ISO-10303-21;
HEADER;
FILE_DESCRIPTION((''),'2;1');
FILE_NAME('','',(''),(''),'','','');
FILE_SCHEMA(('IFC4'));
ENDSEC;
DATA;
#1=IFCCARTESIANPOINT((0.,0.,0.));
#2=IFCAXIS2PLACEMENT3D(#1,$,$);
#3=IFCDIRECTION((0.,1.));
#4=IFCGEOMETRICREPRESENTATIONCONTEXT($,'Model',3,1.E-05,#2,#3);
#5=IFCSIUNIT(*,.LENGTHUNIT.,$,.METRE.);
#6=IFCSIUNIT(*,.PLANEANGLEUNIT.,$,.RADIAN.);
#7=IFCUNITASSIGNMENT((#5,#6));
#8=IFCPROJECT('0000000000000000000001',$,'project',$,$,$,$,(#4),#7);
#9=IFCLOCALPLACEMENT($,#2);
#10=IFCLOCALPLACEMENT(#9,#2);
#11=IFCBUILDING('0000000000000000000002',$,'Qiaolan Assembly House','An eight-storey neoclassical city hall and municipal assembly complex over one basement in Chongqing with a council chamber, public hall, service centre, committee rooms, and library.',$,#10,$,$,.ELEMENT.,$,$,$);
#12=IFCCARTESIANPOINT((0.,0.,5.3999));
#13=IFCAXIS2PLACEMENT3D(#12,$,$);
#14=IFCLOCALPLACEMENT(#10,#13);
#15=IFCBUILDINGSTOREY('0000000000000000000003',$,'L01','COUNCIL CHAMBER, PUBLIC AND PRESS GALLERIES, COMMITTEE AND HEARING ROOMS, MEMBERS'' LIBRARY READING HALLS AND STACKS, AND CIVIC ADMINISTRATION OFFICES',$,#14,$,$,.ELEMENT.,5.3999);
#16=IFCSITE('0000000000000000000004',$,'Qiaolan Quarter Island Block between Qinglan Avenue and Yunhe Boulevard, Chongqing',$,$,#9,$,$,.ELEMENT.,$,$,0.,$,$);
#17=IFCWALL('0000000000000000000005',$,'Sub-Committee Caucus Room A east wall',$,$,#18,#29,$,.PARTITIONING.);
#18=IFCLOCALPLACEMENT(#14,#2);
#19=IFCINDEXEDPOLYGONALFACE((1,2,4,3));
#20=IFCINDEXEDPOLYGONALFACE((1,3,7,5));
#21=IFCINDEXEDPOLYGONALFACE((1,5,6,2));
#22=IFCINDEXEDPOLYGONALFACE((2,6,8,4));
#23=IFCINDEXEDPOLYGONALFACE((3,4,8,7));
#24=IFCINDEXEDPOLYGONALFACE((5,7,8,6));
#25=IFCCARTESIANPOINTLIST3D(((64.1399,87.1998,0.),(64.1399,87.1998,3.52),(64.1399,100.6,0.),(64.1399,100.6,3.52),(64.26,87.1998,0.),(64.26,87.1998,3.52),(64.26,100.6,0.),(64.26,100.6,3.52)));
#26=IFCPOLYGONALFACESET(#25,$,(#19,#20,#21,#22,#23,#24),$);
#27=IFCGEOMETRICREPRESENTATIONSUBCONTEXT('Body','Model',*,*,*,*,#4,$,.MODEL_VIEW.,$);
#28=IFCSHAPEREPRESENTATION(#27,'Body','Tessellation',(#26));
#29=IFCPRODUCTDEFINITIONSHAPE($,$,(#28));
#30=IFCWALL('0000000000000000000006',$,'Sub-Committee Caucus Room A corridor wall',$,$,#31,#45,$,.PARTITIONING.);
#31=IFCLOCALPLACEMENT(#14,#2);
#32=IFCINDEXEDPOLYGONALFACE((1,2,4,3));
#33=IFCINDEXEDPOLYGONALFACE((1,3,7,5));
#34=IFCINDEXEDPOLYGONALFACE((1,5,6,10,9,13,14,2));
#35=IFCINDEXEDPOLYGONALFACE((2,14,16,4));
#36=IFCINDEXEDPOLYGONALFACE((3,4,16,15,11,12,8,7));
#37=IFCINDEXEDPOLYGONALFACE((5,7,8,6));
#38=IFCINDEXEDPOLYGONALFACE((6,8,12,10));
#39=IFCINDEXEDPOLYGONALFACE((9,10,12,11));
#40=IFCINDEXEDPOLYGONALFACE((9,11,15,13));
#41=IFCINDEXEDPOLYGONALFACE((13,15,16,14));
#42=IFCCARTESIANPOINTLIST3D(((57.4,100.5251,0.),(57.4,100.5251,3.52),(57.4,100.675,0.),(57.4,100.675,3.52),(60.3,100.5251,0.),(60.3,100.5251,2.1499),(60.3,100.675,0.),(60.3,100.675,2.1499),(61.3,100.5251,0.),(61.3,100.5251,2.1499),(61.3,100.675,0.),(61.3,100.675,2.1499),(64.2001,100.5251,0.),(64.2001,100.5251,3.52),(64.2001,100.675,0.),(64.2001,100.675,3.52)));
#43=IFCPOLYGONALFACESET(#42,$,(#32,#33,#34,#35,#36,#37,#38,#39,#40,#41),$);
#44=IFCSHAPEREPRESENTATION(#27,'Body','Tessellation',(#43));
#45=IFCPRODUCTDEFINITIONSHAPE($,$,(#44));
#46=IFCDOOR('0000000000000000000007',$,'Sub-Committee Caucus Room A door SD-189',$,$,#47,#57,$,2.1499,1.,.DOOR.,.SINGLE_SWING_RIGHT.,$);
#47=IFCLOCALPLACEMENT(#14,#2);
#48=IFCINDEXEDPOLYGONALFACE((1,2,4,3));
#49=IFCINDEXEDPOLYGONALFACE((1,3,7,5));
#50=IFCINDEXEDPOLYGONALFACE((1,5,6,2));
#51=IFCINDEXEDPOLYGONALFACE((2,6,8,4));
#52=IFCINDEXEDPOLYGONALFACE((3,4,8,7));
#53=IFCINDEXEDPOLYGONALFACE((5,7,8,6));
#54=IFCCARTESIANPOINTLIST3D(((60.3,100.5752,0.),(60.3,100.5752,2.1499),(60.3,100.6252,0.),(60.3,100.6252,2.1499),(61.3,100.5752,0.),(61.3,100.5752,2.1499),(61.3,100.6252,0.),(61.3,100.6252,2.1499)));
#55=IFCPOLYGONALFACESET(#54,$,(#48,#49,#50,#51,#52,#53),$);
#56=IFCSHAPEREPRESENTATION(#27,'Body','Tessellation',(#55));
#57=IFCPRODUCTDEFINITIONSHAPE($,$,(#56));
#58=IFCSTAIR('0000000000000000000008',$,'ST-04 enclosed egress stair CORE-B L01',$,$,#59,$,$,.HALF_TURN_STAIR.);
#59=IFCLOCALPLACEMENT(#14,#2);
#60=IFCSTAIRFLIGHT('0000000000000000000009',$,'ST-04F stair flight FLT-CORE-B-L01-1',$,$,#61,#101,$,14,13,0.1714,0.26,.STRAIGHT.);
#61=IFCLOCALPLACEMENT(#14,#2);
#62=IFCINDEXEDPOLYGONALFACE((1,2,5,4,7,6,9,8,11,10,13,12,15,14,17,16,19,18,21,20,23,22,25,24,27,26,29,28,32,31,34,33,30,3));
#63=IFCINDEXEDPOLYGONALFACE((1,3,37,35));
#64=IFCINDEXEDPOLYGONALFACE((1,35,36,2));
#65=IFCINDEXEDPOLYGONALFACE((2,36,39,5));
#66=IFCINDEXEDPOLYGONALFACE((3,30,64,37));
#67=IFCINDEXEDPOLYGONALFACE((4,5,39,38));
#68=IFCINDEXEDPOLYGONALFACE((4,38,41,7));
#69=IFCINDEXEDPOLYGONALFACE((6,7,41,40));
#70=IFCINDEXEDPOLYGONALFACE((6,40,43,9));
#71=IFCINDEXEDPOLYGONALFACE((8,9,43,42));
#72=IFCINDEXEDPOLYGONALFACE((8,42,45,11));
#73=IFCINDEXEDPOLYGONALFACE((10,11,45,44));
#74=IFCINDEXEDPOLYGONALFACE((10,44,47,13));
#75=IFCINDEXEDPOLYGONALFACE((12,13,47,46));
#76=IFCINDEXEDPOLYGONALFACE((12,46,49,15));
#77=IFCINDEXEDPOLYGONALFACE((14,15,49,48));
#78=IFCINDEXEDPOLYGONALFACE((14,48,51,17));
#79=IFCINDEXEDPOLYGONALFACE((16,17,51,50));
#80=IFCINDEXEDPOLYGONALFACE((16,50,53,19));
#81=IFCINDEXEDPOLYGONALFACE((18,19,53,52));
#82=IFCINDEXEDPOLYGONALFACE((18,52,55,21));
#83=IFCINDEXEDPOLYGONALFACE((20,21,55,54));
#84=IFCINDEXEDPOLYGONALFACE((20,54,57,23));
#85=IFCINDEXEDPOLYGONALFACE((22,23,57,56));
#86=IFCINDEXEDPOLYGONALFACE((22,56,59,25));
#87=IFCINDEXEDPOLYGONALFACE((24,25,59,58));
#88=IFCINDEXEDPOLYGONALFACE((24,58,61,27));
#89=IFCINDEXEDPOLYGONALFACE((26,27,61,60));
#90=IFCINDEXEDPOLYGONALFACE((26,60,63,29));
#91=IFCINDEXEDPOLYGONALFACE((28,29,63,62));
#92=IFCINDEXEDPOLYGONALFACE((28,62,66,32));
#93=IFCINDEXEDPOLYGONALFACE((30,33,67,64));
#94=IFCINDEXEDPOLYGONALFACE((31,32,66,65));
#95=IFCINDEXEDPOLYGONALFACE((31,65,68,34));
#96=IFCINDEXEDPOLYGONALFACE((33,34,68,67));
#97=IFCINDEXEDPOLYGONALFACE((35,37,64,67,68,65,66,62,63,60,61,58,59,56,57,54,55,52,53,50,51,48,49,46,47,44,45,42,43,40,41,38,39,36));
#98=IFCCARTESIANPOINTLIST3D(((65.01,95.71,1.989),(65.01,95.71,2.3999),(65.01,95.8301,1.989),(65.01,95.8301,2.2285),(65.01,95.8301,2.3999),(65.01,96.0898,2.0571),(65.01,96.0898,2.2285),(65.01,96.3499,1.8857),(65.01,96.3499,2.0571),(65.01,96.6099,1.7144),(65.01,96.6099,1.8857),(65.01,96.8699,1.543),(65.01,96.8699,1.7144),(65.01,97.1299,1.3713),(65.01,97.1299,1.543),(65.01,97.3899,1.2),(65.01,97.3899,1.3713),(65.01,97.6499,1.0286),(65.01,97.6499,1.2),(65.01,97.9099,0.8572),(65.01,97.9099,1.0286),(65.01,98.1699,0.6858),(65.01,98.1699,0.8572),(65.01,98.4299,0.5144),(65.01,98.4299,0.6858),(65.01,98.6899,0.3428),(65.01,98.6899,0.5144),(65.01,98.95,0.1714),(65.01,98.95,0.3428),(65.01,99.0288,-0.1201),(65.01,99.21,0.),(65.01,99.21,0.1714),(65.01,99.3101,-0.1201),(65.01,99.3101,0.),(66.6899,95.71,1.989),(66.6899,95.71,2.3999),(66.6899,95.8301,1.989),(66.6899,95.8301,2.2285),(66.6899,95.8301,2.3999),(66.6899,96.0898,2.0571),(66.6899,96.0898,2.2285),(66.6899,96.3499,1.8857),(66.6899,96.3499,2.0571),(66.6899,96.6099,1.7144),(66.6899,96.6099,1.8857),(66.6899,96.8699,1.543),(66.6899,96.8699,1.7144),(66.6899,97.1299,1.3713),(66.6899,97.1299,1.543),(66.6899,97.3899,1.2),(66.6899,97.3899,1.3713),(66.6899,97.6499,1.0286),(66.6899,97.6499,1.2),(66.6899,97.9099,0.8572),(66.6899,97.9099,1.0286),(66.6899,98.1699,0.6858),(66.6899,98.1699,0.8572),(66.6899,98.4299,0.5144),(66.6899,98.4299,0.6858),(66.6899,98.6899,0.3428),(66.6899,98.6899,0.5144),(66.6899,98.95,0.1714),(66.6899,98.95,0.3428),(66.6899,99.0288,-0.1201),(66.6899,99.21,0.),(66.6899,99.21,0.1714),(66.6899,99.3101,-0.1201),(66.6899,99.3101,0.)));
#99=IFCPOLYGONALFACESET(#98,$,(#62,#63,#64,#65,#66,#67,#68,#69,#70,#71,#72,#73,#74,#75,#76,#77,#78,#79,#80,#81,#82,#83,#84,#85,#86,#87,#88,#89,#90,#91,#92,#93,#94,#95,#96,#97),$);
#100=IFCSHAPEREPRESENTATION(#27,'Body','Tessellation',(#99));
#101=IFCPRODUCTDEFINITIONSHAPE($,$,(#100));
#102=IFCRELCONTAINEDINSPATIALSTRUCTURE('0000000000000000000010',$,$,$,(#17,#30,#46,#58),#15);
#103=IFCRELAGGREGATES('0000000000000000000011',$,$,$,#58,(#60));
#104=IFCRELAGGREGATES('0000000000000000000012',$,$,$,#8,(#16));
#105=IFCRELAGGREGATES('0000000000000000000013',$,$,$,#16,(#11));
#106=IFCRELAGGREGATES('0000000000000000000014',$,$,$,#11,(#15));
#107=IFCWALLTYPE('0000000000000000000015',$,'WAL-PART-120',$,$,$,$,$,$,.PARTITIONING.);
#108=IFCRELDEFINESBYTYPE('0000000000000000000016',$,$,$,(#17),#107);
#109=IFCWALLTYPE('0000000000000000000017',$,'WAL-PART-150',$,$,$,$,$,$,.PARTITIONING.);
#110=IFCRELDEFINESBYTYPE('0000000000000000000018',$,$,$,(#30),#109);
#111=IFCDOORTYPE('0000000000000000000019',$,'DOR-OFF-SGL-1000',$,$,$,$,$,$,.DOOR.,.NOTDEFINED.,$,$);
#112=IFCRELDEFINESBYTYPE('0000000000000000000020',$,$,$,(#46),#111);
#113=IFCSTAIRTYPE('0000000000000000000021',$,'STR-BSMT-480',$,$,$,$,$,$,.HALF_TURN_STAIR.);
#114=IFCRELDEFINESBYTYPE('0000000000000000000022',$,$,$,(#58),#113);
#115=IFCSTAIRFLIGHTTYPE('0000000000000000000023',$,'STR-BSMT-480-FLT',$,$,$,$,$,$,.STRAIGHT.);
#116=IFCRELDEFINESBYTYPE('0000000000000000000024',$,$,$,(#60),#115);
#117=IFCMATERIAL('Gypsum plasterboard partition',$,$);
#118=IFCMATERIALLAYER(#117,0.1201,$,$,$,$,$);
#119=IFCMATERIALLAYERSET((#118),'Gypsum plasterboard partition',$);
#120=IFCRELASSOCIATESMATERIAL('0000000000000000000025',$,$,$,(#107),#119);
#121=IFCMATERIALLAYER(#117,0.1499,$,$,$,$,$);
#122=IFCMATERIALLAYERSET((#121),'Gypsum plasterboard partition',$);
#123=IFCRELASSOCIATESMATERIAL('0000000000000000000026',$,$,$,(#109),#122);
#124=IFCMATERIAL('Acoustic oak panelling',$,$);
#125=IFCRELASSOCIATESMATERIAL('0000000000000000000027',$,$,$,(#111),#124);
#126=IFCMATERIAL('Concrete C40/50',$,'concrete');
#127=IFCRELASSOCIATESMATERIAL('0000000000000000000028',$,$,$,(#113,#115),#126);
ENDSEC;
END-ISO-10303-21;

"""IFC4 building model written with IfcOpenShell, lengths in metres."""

from ifc_helpers import new_model, si_unit, direction, frame, frame_2d, origin, place, context, subcontext, project, spatial, polyline, rectangle, outline, extrude, material, layer, layer_set, type_object, element, fill, aggregate, save


model = new_model("IFC4")

# Units and contexts
model_context = context("Model", 3, precision=1e-05, world=origin(), true_north=direction((0.0, 1.0)))
body_context = subcontext(model_context, "Body", "Model", "MODEL_VIEW")
ifc_project = project(units=[si_unit("LENGTHUNIT", "METRE"), si_unit("PLANEANGLEUNIT", "RADIAN")], contexts=[model_context])

# Site, building, storey
site_placement = place(None, origin())
site = spatial("IfcSite", under=ifc_project, at=site_placement, Name="Qiaolan Quarter Island Block between Qinglan Avenue and Yunhe Boulevard, Chongqing", CompositionType="ELEMENT", RefElevation=0.0)
building_placement = place(site_placement, origin())
building = spatial("IfcBuilding", under=site, at=building_placement, Name="Qiaolan Assembly House", Description="An eight-storey neoclassical city hall and municipal assembly complex over one basement in Chongqing with a council chamber, public hall, service centre, committee rooms, and library.", CompositionType="ELEMENT")
storey_placement = place(building_placement, frame((0.0, 0.0, 5.3999)))
storey = spatial("IfcBuildingStorey", under=building, at=storey_placement, Name="L01", Description="COUNCIL CHAMBER, PUBLIC AND PRESS GALLERIES, COMMITTEE AND HEARING ROOMS, MEMBERS' LIBRARY READING HALLS AND STACKS, AND CIVIC ADMINISTRATION OFFICES", CompositionType="ELEMENT", Elevation=5.3999)

# Shared definitions
ifc_material_1 = material(Name="Concrete C40/50", Category="concrete")

# Wall
ifc_material_2 = material(Name="Gypsum plasterboard partition")
ifc_layer_1 = layer(ifc_material_2, 0.1201)
ifc_layer_set_1 = layer_set([ifc_layer_1], Name="Gypsum plasterboard partition")
wall_type_1 = type_object("IfcWallType", Name="WAL-PART-120", PredefinedType="PARTITIONING", material=ifc_layer_set_1)
wall_1_placement = place(storey_placement, frame((64.2, 100.6001, 0.0), z_axis=(0.0, 0.0, 1.0), x_axis=(0.0, -1.0, 0.0)))
element("IfcWall", 1, at=wall_1_placement, inside=storey, type_object=wall_type_1, Name="Sub-Committee Caucus Room A east wall", PredefinedType="PARTITIONING", context=body_context, shape_type="SweptSolid", body=[
    extrude(rectangle(XDim=13.4001, YDim=0.1201, at=frame_2d((6.7002, 0.0))), origin(), (0.0, 0.0, 1.0), 3.52),
])

# Wall, opening, door
ifc_layer_2 = layer(ifc_material_2, 0.1499)
ifc_layer_set_2 = layer_set([ifc_layer_2], Name="Gypsum plasterboard partition")
wall_type_2 = type_object("IfcWallType", Name="WAL-PART-150", PredefinedType="PARTITIONING", material=ifc_layer_set_2)
wall_2_placement = place(storey_placement, frame((64.2, 100.6001, 0.0), z_axis=(0.0, 0.0, 1.0), x_axis=(-1.0, 0.0, 0.0)))
wall_2 = element("IfcWall", 2, at=wall_2_placement, inside=storey, type_object=wall_type_2, Name="Sub-Committee Caucus Room A corridor wall", PredefinedType="PARTITIONING", context=body_context, shape_type="SweptSolid", body=[
    extrude(rectangle(XDim=6.8, YDim=0.1499, at=frame_2d((3.3999, 0.0))), origin(), (0.0, 0.0, 1.0), 3.52),
])
opening_placement = place(wall_2_placement, frame((2.8999, 0.0, 0.0)))
opening = element("IfcOpeningElement", 3, at=opening_placement, cuts=wall_2, PredefinedType="OPENING", context=body_context, shape_type="SweptSolid", body=[
    extrude(rectangle(XDim=1.0, YDim=2.1499, at=frame_2d((0.5, 1.075))), frame((0.0, 0.085, 0.0), z_axis=(0.0, -1.0, 0.0), x_axis=(1.0, 0.0, 0.0)), (0.0, 0.0, 1.0), 0.1699),
])
ifc_material_3 = material(Name="Acoustic oak panelling")
door_type = type_object("IfcDoorType", Name="DOR-OFF-SGL-1000", OperationType="NOTDEFINED", PredefinedType="DOOR", material=ifc_material_3)
door_placement = place(opening_placement, origin())
door = element("IfcDoor", 4, at=door_placement, inside=storey, type_object=door_type, Name="Sub-Committee Caucus Room A door SD-189", OperationType="SINGLE_SWING_RIGHT", OverallHeight=2.1499, OverallWidth=1.0, PredefinedType="DOOR", context=body_context, shape_type="SweptSolid", body=[
    extrude(rectangle(XDim=1.0, YDim=2.1499, at=frame_2d((0.5, 1.075))), frame((0.0, 0.0249, 0.0), z_axis=(0.0, -1.0, 0.0), x_axis=(1.0, 0.0, 0.0)), (0.0, 0.0, 1.0), 0.05),
])
fill(opening, door)

# Stair, stair flight
stair_type = type_object("IfcStairType", Name="STR-BSMT-480", PredefinedType="HALF_TURN_STAIR", material=ifc_material_1)
stair_placement = place(storey_placement, origin())
stair = element("IfcStair", 5, at=stair_placement, inside=storey, type_object=stair_type, Name="ST-04 enclosed egress stair CORE-B L01", PredefinedType="HALF_TURN_STAIR")
stair_flight_type = type_object("IfcStairFlightType", Name="STR-BSMT-480-FLT", PredefinedType="STRAIGHT", material=ifc_material_1)
stair_flight_placement = place(storey_placement, frame((65.8501, 99.21, 0.0), z_axis=(0.0, 0.0, 1.0), x_axis=(0.0, -1.0, 0.0)))
stair_flight = element("IfcStairFlight", 6, at=stair_flight_placement, type_object=stair_flight_type, Name="ST-04F stair flight FLT-CORE-B-L01-1", NumberOfRisers=14, NumberOfTreads=13, PredefinedType="STRAIGHT", RiserHeight=0.1714, TreadLength=0.26, context=body_context, shape_type="SweptSolid", body=[
    extrude(outline(polyline([(-0.1001, -0.1201), (-0.1001, 0.0), (0.0, 0.0), (0.0, 0.1714), (0.26, 0.1714), (0.26, 0.3428), (0.52, 0.3428), (0.52, 0.5144), (0.78, 0.5144), (0.78, 0.6858), (1.04, 0.6858), (1.04, 0.8572), (1.3, 0.8572), (1.3, 1.0286), (1.5601, 1.0286), (1.5601, 1.2), (1.8201, 1.2), (1.8201, 1.3713), (2.0801, 1.3713), (2.0801, 1.543), (2.3401, 1.543), (2.3401, 1.7144), (2.6001, 1.7144), (2.6001, 1.8857), (2.8601, 1.8857), (2.8601, 2.0571), (3.1201, 2.0571), (3.1201, 2.2285), (3.3799, 2.2285), (3.3799, 2.3999), (3.5, 2.3999), (3.5, 1.989), (3.3799, 1.989), (0.1812, -0.1201), (-0.1001, -0.1201)])), frame((0.0, 0.8398, 0.0), z_axis=(0.0, -1.0, 0.0), x_axis=(1.0, 0.0, 0.0)), (0.0, 0.0, 1.0), 1.6799),
])
aggregate(stair, [stair_flight])

save(model, "model.ifc")
